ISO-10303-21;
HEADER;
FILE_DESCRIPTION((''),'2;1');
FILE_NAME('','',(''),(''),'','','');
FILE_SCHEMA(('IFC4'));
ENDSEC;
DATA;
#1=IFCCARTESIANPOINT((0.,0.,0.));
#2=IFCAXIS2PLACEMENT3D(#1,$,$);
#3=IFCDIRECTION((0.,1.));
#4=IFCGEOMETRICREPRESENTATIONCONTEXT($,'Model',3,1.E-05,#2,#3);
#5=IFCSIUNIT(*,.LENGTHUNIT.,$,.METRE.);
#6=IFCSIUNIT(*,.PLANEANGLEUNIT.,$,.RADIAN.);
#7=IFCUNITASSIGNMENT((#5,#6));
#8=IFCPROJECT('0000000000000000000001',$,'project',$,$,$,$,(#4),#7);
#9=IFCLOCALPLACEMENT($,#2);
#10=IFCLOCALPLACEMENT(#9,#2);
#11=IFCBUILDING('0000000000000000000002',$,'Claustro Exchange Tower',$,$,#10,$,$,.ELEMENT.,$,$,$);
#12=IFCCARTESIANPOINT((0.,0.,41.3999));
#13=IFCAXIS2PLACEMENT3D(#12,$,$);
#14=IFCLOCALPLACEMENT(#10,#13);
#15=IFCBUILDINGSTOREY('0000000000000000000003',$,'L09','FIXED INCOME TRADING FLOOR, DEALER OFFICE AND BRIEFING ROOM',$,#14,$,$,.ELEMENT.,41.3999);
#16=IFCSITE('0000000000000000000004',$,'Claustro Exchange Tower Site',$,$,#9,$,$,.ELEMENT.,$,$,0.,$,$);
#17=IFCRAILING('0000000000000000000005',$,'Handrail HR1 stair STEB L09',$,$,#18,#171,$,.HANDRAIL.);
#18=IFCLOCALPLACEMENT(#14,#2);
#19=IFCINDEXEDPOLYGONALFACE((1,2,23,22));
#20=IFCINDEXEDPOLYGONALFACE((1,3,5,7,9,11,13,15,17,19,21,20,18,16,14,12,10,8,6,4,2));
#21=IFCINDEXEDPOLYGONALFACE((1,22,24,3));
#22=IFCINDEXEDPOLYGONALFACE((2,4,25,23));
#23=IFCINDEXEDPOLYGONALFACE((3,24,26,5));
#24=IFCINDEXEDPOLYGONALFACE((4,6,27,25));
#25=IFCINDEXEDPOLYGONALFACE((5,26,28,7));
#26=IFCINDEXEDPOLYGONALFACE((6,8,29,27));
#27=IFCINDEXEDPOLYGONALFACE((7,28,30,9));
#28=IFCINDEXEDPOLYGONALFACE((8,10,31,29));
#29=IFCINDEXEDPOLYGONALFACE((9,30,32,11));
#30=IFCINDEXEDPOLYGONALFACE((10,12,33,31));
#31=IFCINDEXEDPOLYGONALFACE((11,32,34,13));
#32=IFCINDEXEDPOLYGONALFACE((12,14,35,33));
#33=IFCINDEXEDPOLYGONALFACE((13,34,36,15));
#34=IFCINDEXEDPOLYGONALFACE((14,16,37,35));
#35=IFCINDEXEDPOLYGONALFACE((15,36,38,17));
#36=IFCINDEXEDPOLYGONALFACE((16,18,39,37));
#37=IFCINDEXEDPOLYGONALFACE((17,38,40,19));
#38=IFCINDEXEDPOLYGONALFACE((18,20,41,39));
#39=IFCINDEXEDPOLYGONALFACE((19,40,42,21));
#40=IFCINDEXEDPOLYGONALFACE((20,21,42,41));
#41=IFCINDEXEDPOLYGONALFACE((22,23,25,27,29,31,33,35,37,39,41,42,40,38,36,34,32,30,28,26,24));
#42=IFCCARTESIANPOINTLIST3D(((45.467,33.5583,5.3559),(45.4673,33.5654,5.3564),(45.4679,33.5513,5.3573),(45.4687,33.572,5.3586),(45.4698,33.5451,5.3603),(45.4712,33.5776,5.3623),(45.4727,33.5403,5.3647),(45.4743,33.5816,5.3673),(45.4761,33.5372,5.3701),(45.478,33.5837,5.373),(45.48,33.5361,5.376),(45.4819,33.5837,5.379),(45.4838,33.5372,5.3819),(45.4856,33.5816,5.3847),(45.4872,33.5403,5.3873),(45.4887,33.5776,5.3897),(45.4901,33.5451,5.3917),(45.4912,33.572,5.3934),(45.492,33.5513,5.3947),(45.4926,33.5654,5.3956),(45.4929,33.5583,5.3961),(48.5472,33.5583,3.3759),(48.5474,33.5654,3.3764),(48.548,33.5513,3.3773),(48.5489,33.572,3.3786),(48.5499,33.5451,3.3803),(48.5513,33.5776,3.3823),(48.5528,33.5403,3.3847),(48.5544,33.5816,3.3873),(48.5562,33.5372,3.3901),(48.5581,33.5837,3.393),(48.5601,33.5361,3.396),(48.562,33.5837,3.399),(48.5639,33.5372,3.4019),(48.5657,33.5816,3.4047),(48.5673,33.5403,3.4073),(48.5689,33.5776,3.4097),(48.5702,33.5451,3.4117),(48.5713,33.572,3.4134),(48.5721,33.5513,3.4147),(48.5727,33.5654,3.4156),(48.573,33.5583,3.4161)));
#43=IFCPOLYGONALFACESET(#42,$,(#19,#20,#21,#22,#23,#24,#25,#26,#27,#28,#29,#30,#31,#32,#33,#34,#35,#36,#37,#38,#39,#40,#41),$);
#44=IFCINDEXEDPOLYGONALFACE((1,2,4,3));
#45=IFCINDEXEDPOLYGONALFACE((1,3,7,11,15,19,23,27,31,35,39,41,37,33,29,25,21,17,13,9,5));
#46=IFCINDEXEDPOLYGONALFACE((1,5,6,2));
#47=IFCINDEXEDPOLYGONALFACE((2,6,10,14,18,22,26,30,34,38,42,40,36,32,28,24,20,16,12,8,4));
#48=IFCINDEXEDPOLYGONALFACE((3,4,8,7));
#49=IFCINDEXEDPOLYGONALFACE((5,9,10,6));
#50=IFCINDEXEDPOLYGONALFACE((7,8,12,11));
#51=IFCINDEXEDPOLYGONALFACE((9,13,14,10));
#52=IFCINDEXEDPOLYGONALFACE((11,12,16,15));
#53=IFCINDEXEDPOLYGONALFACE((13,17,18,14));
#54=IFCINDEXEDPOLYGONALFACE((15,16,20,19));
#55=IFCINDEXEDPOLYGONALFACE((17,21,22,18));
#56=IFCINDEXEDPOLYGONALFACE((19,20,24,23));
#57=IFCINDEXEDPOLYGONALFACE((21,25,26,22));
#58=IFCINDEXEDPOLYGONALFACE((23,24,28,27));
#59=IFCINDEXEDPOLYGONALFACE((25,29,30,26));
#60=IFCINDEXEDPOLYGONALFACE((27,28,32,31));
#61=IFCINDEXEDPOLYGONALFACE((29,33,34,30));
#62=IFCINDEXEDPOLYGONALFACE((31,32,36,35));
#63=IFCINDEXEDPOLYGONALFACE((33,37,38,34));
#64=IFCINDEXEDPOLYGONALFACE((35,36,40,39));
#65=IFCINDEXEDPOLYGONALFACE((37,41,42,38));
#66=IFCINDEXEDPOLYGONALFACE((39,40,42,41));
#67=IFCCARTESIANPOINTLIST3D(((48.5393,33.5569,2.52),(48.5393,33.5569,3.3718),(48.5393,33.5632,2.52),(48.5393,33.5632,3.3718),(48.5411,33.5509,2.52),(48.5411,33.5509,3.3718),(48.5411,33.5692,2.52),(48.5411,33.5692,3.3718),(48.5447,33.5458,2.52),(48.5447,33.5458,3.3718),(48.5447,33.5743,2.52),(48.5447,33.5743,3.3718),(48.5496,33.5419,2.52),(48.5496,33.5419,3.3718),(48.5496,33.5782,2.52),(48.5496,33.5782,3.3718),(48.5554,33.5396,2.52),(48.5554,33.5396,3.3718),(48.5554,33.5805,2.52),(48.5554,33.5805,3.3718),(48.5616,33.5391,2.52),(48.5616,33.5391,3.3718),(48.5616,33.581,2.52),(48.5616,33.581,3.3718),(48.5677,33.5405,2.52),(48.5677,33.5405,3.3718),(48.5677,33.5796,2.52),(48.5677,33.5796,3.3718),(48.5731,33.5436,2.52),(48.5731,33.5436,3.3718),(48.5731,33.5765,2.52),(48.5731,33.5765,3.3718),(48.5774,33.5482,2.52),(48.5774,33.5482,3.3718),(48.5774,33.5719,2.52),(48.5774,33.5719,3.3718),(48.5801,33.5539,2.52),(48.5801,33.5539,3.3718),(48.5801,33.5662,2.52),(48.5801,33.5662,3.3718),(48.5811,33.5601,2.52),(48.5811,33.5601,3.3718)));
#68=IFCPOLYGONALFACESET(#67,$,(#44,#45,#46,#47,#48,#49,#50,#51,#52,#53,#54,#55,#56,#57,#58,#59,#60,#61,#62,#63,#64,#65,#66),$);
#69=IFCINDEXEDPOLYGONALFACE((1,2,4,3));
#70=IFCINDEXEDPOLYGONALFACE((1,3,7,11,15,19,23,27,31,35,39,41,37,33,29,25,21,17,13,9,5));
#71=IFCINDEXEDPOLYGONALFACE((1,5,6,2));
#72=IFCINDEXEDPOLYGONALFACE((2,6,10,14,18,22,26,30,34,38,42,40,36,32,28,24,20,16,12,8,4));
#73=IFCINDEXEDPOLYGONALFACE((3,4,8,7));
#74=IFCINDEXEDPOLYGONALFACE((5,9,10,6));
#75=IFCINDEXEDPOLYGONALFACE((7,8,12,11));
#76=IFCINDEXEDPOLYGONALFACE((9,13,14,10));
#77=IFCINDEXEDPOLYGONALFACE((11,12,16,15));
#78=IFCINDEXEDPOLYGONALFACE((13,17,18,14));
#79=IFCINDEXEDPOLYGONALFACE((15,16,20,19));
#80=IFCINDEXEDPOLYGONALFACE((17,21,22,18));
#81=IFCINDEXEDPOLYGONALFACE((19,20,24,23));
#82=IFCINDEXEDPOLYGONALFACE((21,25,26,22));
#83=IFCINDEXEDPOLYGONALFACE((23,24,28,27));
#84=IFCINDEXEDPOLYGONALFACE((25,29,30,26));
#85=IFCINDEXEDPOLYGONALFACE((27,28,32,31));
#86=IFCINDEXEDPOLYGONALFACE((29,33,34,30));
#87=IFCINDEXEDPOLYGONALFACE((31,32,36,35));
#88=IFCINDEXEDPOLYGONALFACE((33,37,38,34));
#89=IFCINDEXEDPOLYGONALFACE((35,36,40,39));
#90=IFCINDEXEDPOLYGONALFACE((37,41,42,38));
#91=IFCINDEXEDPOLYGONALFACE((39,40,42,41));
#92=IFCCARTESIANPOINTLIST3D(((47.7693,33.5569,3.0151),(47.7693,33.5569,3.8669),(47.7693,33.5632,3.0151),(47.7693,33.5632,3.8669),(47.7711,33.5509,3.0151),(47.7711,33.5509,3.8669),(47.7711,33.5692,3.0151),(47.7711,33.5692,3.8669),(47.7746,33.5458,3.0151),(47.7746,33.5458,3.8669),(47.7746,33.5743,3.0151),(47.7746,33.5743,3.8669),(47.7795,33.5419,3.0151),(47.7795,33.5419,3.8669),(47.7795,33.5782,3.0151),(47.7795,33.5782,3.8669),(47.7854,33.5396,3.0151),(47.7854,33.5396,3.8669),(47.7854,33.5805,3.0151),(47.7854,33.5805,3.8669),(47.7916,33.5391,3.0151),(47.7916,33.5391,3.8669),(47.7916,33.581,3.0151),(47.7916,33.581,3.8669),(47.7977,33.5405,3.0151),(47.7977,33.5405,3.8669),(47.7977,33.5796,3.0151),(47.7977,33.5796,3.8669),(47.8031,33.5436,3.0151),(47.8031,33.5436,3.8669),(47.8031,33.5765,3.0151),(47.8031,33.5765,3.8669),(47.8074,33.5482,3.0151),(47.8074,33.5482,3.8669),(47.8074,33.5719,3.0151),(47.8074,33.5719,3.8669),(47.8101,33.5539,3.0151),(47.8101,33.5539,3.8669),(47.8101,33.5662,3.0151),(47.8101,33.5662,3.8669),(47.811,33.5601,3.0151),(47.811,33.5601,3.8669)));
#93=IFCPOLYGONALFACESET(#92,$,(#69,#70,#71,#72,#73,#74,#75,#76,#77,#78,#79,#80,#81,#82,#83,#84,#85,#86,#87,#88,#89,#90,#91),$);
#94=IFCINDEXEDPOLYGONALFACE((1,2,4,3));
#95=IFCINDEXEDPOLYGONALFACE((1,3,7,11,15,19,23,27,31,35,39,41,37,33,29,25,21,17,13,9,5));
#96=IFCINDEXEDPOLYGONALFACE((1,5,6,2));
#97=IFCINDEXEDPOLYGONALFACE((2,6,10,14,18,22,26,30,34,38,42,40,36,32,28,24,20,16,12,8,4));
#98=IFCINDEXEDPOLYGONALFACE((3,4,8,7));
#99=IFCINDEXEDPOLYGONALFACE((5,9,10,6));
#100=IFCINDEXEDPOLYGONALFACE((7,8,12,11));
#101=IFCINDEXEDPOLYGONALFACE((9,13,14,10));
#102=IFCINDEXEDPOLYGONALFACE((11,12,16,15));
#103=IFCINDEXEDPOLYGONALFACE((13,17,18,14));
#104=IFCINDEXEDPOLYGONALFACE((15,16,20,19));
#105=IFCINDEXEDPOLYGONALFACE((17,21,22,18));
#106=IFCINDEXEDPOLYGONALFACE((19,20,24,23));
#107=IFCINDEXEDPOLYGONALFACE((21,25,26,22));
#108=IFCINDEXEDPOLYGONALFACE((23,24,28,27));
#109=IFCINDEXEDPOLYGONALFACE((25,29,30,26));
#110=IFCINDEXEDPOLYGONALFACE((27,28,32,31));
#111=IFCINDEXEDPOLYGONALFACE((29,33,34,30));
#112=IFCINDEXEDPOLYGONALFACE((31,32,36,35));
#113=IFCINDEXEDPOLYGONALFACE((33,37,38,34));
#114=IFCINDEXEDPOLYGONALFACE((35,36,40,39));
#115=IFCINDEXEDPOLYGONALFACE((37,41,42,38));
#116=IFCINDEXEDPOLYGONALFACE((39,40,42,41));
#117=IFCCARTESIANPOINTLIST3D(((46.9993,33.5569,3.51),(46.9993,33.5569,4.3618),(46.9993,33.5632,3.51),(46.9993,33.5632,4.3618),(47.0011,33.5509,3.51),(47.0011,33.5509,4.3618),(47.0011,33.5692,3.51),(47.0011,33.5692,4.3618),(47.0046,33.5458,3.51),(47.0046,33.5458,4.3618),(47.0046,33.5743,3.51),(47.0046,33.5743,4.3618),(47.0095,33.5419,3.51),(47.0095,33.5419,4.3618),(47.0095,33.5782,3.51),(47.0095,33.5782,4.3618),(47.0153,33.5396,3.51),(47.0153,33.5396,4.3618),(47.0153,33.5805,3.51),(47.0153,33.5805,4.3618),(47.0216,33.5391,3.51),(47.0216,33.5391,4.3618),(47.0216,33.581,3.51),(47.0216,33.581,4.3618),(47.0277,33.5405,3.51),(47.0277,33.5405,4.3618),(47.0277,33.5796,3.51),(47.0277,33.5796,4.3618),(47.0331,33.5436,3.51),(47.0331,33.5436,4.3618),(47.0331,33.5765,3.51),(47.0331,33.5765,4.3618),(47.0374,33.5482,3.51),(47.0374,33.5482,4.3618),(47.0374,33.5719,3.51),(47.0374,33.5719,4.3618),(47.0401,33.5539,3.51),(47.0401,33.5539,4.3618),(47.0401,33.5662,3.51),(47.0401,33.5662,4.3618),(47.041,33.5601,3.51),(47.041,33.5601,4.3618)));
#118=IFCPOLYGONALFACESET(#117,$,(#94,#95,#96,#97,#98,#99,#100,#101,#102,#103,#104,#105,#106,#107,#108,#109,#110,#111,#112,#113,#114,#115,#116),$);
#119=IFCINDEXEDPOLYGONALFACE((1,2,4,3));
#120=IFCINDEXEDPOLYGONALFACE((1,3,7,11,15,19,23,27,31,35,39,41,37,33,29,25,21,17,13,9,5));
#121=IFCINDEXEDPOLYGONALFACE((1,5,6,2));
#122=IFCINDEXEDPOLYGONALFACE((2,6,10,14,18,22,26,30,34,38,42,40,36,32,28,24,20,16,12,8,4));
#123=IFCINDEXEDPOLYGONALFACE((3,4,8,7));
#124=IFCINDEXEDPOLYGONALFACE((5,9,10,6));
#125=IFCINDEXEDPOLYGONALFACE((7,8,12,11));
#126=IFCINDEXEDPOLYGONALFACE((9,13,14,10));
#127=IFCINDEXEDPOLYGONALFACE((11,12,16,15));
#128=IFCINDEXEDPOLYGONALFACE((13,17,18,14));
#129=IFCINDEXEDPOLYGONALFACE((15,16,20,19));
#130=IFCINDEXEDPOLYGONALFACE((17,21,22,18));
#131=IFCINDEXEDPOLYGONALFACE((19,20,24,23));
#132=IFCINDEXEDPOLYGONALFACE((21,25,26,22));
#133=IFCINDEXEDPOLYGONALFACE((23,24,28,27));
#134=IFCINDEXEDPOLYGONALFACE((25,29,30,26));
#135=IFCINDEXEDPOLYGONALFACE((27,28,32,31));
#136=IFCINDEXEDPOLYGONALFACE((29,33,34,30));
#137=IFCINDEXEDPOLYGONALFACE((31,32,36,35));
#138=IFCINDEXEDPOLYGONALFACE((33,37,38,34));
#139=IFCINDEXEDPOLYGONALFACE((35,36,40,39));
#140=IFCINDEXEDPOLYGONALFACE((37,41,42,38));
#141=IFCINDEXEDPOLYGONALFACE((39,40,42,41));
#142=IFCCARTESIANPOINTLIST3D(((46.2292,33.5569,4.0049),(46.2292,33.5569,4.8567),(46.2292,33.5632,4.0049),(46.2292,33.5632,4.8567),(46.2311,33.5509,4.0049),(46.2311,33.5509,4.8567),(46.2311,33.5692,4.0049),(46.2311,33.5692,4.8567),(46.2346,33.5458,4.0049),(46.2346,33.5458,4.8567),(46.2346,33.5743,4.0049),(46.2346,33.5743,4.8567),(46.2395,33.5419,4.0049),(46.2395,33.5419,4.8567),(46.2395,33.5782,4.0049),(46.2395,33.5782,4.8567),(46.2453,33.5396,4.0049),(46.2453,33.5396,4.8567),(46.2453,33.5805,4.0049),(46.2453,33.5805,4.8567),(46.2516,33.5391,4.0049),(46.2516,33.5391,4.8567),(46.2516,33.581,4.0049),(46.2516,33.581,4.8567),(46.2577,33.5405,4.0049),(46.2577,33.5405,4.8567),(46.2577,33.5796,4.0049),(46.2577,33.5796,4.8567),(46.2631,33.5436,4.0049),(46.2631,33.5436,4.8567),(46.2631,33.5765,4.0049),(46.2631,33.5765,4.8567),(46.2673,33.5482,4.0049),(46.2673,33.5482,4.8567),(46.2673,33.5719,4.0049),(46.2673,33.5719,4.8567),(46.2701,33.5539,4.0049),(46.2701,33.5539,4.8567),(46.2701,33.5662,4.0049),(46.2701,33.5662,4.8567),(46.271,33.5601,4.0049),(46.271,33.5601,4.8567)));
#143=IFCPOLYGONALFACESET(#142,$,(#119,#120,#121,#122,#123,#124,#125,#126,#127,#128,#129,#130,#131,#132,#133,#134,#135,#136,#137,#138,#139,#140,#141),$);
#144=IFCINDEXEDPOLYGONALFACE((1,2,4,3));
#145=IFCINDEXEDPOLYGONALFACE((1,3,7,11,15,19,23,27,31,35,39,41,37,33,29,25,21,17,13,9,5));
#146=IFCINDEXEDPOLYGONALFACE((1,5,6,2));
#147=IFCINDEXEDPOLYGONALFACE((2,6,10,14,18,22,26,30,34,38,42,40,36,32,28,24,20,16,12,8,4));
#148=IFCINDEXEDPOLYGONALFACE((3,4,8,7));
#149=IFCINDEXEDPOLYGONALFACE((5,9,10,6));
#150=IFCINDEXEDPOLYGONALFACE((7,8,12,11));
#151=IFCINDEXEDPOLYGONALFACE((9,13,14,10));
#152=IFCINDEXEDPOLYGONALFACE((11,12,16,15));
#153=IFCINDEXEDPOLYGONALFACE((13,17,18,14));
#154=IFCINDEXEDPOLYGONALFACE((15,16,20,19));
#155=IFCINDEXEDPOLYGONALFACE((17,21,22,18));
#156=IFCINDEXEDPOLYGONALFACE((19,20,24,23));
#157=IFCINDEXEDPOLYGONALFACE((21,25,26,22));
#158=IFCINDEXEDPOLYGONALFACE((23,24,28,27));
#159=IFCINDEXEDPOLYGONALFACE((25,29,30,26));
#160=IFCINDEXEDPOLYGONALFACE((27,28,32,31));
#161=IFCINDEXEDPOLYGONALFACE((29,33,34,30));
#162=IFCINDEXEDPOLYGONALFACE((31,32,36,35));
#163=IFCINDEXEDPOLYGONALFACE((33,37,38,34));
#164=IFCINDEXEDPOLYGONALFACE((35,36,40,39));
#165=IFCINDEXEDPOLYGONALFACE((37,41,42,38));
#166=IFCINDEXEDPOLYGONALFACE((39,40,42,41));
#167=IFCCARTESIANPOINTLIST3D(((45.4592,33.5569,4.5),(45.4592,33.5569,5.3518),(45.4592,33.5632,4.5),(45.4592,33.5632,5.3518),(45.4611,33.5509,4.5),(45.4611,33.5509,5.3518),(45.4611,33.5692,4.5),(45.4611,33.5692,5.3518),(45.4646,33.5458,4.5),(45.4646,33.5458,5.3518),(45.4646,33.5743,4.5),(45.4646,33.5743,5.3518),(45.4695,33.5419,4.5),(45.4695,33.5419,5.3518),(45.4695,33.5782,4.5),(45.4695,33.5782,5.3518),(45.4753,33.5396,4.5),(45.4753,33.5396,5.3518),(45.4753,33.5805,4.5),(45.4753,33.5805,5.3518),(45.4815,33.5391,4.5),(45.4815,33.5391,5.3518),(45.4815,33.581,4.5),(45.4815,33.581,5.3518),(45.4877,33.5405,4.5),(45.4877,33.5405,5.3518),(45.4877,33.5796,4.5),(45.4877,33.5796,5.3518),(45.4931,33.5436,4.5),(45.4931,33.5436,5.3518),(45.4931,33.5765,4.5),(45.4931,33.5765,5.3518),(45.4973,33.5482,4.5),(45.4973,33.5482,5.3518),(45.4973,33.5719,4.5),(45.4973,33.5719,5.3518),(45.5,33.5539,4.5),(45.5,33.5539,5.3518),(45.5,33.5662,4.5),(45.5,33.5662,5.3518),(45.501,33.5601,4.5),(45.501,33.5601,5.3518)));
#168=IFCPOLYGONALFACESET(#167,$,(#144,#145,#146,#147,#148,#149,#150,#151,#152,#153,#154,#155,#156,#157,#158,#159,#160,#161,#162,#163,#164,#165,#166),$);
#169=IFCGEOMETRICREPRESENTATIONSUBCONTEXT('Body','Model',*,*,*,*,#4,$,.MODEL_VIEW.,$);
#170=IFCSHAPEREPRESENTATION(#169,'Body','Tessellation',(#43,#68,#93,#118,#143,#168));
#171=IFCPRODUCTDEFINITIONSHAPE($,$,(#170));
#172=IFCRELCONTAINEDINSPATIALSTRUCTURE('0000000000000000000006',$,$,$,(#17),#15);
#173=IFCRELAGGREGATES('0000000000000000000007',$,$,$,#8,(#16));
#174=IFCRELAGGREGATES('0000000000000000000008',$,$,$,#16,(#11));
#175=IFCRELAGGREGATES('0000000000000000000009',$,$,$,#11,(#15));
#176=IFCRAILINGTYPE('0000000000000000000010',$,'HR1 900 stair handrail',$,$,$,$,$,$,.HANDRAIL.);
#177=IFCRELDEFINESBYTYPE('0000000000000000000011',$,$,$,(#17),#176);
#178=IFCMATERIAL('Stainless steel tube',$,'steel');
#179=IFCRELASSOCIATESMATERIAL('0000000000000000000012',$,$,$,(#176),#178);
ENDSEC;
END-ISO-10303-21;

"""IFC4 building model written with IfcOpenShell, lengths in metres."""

from ifc_helpers import new_model, si_unit, direction, frame, origin, origin_2d, place, context, subcontext, project, spatial, circle, extrude, material, type_object, element, save


model = new_model("IFC4")

# Units and contexts
model_context = context("Model", 3, precision=1e-05, world=origin(), true_north=direction((0.0, 1.0)))
body_context = subcontext(model_context, "Body", "Model", "MODEL_VIEW")
ifc_project = project(units=[si_unit("LENGTHUNIT", "METRE"), si_unit("PLANEANGLEUNIT", "RADIAN")], contexts=[model_context])

# Site, building, storey
site_placement = place(None, origin())
site = spatial("IfcSite", under=ifc_project, at=site_placement, Name="Claustro Exchange Tower Site", CompositionType="ELEMENT", RefElevation=0.0)
building_placement = place(site_placement, origin())
building = spatial("IfcBuilding", under=site, at=building_placement, Name="Claustro Exchange Tower", CompositionType="ELEMENT")
storey_placement = place(building_placement, frame((0.0, 0.0, 41.3999)))
storey = spatial("IfcBuildingStorey", under=building, at=storey_placement, Name="L09", Description="FIXED INCOME TRADING FLOOR, DEALER OFFICE AND BRIEFING ROOM", CompositionType="ELEMENT", Elevation=41.3999)

# Railing
ifc_material_1 = material(Name="Stainless steel tube", Category="steel")
railing_type_1 = type_object("IfcRailingType", Name="HR1 900 stair handrail", PredefinedType="HANDRAIL", material=ifc_material_1)
railing_1_placement = place(storey_placement, frame((48.5601, 33.5601, 2.52)))
element("IfcRailing", 1, at=railing_1_placement, inside=storey, type_object=railing_type_1, Name="Handrail HR1 stair STEB L09", PredefinedType="HANDRAIL", context=body_context, shape_type="SweptSolid", body=[
    extrude(circle(Radius=0.0239, at=origin_2d()), frame((0.0, 0.0, 0.876), z_axis=(-0.841187, 0.0, 0.540744), x_axis=(0.0, -1.0, 0.0)), (0.0, 0.0, 1.0), 3.6616),
    extrude(circle(Radius=0.021, at=origin_2d()), origin(), (0.0, 0.0, 1.0), 0.8518),
    extrude(circle(Radius=0.021, at=origin_2d()), frame((-0.77, 0.0, 0.4951)), (0.0, 0.0, 1.0), 0.8518),
    extrude(circle(Radius=0.021, at=origin_2d()), frame((-1.54, 0.0, 0.99)), (0.0, 0.0, 1.0), 0.8518),
    extrude(circle(Radius=0.021, at=origin_2d()), frame((-2.3101, 0.0, 1.4849)), (0.0, 0.0, 1.0), 0.8518),
    extrude(circle(Radius=0.021, at=origin_2d()), frame((-3.0801, 0.0, 1.98)), (0.0, 0.0, 1.0), 0.8518),
])

save(model, "model.ifc")
